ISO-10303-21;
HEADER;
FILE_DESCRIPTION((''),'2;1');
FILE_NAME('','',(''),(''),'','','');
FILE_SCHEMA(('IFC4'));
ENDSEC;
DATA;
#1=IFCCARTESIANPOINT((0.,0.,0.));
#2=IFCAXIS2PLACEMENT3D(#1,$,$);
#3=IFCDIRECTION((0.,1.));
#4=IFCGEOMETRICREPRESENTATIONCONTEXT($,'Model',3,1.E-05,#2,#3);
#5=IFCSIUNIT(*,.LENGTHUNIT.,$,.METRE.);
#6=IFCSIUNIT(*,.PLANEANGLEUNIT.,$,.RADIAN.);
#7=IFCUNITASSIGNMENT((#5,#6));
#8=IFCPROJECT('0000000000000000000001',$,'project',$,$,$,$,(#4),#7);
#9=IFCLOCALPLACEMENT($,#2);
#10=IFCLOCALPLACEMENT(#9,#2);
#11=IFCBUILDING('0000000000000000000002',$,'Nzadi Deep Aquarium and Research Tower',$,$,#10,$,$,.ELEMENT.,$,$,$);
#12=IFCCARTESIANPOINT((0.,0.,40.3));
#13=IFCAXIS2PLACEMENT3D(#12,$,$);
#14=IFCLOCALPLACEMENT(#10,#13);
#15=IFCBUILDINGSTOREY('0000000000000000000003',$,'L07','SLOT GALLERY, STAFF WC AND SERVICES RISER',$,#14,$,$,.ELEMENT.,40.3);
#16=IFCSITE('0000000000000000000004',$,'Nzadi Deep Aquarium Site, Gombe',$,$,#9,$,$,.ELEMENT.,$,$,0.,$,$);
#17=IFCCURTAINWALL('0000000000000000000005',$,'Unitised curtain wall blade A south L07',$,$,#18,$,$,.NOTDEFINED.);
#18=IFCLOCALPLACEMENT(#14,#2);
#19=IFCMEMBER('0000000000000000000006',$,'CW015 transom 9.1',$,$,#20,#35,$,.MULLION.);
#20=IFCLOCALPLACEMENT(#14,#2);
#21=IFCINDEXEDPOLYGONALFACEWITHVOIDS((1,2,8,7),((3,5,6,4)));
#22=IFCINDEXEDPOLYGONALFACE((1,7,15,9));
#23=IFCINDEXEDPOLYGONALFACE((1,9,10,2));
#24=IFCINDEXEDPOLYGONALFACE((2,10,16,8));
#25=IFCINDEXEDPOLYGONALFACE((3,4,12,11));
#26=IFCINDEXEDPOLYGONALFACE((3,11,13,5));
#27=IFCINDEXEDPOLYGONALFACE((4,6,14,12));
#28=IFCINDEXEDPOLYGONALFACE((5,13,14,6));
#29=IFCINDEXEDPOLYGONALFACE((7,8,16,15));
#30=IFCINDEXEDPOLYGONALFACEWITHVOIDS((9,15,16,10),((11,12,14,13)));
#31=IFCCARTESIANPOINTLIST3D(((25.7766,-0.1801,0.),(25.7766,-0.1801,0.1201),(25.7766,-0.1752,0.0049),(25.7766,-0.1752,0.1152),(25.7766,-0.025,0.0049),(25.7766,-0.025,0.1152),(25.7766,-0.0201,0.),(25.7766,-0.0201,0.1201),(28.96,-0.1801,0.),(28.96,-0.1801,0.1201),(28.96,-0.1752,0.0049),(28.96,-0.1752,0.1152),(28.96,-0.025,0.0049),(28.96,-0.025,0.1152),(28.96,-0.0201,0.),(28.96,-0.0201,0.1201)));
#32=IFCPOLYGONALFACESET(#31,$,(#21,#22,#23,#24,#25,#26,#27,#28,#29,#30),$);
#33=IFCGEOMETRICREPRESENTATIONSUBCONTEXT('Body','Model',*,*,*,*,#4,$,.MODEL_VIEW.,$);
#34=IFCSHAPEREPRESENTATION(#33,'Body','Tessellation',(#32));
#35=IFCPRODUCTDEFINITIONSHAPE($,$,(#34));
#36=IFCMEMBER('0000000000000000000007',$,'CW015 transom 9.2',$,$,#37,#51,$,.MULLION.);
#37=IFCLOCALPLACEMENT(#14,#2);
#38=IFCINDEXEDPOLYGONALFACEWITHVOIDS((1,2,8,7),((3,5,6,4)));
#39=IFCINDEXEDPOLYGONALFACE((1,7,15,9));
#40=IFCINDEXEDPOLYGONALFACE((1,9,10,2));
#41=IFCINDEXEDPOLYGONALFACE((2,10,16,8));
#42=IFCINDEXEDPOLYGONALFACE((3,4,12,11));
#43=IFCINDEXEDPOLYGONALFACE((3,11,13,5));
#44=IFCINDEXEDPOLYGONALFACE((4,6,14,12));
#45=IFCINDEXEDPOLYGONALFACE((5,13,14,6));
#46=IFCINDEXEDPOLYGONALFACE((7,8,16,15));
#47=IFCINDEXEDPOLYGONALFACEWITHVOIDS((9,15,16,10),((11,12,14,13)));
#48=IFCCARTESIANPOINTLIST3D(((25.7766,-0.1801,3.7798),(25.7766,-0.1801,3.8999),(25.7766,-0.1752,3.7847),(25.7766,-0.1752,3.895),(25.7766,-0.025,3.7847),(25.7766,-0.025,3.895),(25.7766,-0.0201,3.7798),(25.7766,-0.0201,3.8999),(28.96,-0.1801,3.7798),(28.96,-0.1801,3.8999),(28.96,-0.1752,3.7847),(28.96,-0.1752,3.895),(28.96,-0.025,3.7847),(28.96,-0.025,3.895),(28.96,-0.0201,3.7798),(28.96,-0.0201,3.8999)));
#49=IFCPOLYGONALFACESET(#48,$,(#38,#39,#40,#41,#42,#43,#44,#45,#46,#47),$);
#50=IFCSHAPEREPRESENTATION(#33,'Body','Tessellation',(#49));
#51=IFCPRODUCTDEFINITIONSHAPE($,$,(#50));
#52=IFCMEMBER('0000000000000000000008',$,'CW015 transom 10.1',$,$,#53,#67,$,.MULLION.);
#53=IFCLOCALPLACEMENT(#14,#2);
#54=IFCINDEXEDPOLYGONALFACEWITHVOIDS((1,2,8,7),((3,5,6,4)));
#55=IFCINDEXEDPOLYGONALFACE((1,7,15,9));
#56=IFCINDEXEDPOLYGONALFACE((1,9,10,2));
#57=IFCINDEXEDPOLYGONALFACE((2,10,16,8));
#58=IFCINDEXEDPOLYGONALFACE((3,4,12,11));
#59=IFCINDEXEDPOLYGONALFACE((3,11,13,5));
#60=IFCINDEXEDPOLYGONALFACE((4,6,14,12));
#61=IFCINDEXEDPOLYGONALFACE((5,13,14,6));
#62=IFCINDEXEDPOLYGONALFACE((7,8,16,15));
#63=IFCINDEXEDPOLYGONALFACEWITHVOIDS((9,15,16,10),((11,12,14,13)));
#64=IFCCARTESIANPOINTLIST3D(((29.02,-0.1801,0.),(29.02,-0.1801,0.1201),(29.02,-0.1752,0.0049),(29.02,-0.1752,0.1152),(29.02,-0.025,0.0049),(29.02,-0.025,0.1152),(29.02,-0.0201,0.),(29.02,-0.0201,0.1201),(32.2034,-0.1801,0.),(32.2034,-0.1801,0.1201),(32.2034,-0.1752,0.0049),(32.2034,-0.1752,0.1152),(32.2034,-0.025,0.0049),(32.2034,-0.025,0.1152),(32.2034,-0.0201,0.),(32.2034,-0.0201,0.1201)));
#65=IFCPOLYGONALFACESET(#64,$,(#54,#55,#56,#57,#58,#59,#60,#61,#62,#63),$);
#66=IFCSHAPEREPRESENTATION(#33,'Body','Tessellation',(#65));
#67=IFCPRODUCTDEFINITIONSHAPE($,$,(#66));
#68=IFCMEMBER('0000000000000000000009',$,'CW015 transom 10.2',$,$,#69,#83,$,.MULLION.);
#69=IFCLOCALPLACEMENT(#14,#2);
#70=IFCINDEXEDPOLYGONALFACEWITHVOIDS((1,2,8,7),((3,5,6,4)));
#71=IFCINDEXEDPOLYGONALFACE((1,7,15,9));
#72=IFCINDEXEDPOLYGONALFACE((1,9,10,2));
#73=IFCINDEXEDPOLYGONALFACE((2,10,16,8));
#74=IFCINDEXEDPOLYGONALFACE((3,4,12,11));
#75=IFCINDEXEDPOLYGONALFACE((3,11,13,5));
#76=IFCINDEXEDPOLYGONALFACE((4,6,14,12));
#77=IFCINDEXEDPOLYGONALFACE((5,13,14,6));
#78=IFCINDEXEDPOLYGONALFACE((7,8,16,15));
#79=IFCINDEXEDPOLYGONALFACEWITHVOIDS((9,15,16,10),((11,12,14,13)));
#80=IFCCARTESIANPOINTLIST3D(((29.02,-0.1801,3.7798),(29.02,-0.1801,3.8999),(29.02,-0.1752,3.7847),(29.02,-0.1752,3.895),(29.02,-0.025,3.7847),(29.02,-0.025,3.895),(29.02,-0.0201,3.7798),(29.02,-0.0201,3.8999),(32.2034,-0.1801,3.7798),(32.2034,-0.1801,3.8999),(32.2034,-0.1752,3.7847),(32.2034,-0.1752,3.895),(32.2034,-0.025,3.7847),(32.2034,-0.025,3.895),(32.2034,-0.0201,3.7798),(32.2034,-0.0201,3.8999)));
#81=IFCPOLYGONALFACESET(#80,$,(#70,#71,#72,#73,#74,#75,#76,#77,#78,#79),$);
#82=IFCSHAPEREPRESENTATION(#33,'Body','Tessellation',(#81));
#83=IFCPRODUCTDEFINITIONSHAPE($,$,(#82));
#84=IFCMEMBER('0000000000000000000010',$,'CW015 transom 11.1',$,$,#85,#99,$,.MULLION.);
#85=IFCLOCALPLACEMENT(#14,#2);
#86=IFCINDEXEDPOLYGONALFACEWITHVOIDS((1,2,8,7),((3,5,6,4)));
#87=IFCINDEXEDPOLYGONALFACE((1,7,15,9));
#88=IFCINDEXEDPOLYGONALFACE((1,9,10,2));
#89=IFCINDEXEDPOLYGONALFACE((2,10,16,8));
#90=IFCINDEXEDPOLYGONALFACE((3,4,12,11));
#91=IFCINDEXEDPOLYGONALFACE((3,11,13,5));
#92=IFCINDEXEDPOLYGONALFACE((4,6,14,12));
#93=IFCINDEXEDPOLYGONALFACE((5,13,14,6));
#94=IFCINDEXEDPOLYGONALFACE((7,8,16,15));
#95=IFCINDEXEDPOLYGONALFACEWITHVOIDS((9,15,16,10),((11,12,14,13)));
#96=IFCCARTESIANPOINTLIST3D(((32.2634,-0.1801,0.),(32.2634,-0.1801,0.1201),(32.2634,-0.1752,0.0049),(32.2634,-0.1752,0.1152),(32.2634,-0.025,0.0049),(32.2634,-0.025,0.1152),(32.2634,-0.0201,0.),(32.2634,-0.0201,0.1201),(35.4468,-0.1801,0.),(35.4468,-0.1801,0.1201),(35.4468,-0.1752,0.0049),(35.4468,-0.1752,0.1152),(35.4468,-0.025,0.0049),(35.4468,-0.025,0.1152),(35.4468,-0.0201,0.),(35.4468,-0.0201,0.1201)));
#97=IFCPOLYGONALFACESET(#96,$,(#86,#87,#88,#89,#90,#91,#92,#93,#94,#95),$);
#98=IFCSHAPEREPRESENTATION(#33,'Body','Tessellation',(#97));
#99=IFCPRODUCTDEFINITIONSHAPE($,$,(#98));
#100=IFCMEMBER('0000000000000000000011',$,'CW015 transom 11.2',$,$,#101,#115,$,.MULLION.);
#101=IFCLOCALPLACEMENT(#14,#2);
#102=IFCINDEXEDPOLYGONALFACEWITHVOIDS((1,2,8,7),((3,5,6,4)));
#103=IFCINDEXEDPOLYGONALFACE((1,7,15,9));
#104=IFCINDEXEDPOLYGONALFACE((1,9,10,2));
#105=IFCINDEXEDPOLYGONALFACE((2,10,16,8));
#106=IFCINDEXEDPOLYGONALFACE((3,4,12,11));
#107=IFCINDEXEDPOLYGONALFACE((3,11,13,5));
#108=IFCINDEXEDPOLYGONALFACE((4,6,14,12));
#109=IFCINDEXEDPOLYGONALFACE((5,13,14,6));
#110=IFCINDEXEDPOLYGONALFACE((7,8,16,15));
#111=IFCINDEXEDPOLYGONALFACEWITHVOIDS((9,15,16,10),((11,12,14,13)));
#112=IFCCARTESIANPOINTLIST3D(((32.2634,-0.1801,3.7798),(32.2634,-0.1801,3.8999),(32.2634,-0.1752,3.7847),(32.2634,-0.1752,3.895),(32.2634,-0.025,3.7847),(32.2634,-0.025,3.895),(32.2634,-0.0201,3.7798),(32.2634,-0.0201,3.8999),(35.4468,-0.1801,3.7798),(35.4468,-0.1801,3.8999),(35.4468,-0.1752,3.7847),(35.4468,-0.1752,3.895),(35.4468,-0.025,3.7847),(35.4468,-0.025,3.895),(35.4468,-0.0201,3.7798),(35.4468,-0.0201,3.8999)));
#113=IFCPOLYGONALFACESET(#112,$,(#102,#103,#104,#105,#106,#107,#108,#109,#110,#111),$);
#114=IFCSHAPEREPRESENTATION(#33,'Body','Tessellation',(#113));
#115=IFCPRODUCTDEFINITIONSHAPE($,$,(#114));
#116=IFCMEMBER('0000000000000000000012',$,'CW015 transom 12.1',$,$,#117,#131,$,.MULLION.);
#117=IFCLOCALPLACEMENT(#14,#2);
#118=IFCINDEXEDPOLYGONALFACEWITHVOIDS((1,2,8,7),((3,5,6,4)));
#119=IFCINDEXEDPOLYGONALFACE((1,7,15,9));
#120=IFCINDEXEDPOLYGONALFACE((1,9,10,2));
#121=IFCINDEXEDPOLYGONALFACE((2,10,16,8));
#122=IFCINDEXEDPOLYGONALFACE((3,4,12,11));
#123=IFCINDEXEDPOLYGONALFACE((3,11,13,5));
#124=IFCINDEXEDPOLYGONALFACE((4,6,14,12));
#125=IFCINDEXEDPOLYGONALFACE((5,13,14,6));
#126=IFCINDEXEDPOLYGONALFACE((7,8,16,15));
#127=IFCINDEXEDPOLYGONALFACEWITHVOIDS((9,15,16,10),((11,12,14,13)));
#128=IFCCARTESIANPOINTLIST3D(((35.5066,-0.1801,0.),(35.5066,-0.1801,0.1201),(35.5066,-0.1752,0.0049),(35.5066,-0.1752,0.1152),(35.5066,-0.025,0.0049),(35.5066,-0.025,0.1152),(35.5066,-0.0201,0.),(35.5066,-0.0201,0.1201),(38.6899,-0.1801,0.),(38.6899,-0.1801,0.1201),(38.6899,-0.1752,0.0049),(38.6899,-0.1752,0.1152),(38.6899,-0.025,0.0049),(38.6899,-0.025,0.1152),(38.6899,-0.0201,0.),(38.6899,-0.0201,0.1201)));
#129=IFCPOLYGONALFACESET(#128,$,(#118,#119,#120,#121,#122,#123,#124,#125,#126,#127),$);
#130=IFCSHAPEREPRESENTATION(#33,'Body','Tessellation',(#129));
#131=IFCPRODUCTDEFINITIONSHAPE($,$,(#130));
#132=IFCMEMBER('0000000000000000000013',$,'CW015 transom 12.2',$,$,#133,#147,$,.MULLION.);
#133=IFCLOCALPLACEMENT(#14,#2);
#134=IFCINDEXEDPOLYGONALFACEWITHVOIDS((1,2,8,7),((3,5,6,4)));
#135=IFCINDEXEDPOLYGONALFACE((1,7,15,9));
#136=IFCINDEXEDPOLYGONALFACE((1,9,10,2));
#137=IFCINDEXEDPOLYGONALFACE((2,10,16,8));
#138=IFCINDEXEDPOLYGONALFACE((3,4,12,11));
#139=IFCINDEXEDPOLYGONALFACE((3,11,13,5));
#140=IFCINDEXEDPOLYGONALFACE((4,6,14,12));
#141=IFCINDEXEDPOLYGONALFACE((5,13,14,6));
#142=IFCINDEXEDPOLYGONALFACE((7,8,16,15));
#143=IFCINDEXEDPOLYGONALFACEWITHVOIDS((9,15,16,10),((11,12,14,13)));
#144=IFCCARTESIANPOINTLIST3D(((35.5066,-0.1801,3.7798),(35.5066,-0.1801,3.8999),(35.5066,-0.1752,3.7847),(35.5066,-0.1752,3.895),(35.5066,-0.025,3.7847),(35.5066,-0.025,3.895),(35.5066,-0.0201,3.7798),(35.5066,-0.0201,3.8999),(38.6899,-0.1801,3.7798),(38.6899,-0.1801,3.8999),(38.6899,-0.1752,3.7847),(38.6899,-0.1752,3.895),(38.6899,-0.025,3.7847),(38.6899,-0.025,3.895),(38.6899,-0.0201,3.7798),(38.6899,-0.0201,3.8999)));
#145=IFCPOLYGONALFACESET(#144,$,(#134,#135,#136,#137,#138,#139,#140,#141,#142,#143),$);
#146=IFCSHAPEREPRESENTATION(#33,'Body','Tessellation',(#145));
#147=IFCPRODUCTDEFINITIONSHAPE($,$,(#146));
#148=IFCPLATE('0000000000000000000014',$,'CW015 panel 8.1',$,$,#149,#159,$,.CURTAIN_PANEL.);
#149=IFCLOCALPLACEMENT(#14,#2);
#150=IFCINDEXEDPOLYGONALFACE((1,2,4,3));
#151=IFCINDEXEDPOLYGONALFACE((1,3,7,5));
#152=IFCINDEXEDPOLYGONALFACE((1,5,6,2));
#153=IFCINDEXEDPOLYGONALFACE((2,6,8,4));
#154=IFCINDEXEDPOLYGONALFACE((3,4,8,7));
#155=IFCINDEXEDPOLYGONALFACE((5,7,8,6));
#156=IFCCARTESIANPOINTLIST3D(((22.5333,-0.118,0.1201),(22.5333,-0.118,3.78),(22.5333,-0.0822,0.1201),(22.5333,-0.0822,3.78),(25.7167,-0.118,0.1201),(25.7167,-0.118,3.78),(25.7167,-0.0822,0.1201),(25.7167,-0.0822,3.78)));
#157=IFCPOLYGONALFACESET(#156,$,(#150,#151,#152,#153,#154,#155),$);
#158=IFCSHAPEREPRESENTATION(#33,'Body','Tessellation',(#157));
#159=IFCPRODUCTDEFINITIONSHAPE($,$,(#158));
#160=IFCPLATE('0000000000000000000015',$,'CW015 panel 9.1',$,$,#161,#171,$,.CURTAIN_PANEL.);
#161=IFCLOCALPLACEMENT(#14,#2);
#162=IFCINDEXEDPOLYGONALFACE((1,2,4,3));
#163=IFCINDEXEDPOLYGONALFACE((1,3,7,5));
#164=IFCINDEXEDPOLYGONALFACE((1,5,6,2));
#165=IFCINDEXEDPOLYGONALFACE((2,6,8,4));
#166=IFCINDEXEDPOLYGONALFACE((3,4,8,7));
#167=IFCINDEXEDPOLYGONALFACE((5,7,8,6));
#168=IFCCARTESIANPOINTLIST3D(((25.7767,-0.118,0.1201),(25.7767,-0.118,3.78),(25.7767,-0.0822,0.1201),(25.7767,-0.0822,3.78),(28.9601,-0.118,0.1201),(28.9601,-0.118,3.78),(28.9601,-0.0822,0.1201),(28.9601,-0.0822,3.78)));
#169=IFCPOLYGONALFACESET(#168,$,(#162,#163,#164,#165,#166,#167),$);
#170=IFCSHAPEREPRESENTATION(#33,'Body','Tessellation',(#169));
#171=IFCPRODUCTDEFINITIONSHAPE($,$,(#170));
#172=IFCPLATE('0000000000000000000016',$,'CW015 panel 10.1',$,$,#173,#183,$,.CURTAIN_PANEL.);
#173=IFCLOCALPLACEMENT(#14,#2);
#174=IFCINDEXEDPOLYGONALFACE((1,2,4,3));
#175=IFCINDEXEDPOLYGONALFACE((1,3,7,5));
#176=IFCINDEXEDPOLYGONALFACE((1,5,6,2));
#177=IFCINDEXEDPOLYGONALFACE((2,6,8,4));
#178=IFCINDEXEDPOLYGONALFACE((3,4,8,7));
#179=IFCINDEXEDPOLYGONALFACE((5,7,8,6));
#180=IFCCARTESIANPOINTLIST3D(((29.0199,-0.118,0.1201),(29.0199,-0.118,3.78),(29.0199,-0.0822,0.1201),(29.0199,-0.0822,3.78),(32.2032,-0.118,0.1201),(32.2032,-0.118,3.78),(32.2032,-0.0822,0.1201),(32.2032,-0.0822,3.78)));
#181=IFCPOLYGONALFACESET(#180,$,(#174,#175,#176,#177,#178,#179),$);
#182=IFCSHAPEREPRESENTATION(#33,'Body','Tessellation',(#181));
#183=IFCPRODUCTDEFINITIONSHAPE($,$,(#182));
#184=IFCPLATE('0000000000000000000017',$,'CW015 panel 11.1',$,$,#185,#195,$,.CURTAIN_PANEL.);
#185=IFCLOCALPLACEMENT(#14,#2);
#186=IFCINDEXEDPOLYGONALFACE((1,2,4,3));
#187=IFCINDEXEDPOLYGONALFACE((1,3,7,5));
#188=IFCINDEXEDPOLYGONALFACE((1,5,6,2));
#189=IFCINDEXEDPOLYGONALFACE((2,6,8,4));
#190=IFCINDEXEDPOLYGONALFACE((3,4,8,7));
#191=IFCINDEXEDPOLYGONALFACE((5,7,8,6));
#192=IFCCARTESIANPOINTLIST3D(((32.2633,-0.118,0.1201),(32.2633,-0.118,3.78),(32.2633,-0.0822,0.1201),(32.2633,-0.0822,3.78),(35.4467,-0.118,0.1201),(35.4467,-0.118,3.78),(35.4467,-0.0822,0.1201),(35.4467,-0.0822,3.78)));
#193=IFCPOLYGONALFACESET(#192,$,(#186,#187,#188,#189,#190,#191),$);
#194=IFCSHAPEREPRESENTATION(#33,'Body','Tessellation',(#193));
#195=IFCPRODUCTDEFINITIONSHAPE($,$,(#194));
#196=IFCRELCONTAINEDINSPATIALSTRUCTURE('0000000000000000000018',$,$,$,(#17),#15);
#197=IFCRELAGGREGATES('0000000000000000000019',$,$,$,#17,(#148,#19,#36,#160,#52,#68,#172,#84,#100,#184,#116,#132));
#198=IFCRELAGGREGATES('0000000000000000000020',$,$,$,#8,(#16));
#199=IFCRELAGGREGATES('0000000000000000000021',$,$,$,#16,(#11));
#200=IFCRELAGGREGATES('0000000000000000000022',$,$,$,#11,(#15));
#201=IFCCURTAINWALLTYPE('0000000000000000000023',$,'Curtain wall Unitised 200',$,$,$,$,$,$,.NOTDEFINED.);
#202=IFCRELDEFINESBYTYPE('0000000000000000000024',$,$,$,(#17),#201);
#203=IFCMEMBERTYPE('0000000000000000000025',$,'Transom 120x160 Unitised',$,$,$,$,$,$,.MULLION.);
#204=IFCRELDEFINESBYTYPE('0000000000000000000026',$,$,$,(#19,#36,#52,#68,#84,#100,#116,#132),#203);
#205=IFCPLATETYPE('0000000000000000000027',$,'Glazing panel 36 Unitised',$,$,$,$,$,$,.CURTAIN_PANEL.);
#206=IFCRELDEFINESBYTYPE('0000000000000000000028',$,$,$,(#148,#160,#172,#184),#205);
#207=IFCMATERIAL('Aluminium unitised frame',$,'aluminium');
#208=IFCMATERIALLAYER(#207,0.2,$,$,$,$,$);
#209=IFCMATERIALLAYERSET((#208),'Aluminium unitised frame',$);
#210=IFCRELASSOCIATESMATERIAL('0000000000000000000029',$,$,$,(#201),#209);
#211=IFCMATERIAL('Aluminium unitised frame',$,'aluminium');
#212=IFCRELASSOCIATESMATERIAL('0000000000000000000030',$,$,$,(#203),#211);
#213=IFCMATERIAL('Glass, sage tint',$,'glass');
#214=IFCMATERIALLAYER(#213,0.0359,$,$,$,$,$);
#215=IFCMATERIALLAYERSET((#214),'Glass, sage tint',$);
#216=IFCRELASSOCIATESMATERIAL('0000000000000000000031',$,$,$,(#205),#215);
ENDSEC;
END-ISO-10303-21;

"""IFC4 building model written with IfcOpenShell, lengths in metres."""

from ifc_helpers import new_model, si_unit, direction, frame, origin, origin_2d, place, context, subcontext, project, spatial, rectangle, hollow_rectangle, extrude, material, layer, layer_set, material_profile, profile_set, type_object, element, aggregate, save


model = new_model("IFC4")

# Units and contexts
model_context = context("Model", 3, precision=1e-05, world=origin(), true_north=direction((0.0, 1.0)))
body_context = subcontext(model_context, "Body", "Model", "MODEL_VIEW")
ifc_project = project(units=[si_unit("LENGTHUNIT", "METRE"), si_unit("PLANEANGLEUNIT", "RADIAN")], contexts=[model_context])

# Site, building, storey
site_placement = place(None, origin())
site = spatial("IfcSite", under=ifc_project, at=site_placement, Name="Nzadi Deep Aquarium Site, Gombe", CompositionType="ELEMENT", RefElevation=0.0)
building_placement = place(site_placement, origin())
building = spatial("IfcBuilding", under=site, at=building_placement, Name="Nzadi Deep Aquarium and Research Tower", CompositionType="ELEMENT")
storey_placement = place(building_placement, frame((0.0, 0.0, 40.3)))
storey = spatial("IfcBuildingStorey", under=building, at=storey_placement, Name="L07", Description="SLOT GALLERY, STAFF WC AND SERVICES RISER", CompositionType="ELEMENT", Elevation=40.3)

# Curtain wall
ifc_material_1 = material(Name="Aluminium unitised frame", Category="aluminium")
ifc_layer_1 = layer(ifc_material_1, 0.2)
ifc_layer_set_1 = layer_set([ifc_layer_1], Name="Aluminium unitised frame")
curtain_wall_type = type_object("IfcCurtainWallType", Name="Curtain wall Unitised 200", PredefinedType="NOTDEFINED", material=ifc_layer_set_1)
curtain_wall_placement = place(storey_placement, origin())
curtain_wall = element("IfcCurtainWall", 1, at=curtain_wall_placement, inside=storey, type_object=curtain_wall_type, Name="Unitised curtain wall blade A south L07", PredefinedType="NOTDEFINED")

# Members
ifc_material_2 = material(Name="Aluminium unitised frame", Category="aluminium")
ifc_material_profile_1 = material_profile(ifc_material_2, hollow_rectangle(XDim=0.1599, YDim=0.1201, WallThickness=0.0049, at=origin_2d()))
ifc_profile_set_1 = profile_set([ifc_material_profile_1], Name="Aluminium unitised frame")
member_type_1 = type_object("IfcMemberType", Name="Transom 120x160 Unitised", PredefinedType="MULLION", material=ifc_profile_set_1)
member_1_placement = place(storey_placement, frame((25.7766, -0.1001, 0.0601), z_axis=(1.0, 0.0, 0.0), x_axis=(0.0, 1.0, 0.0)))
member_1 = element("IfcMember", 2, at=member_1_placement, type_object=member_type_1, Name="CW015 transom 9.1", PredefinedType="MULLION", context=body_context, shape_type="SweptSolid", body=[
    extrude(hollow_rectangle(XDim=0.1599, YDim=0.1201, WallThickness=0.0049, at=origin_2d()), origin(), (0.0, 0.0, 1.0), 3.1833),
])
member_2_placement = place(storey_placement, frame((25.7766, -0.1001, 3.8398), z_axis=(1.0, 0.0, 0.0), x_axis=(0.0, 1.0, 0.0)))
member_2 = element("IfcMember", 3, at=member_2_placement, type_object=member_type_1, Name="CW015 transom 9.2", PredefinedType="MULLION", context=body_context, shape_type="SweptSolid", body=[
    extrude(hollow_rectangle(XDim=0.1599, YDim=0.1201, WallThickness=0.0049, at=origin_2d()), origin(), (0.0, 0.0, 1.0), 3.1833),
])
member_3_placement = place(storey_placement, frame((29.02, -0.1001, 0.0601), z_axis=(1.0, 0.0, 0.0), x_axis=(0.0, 1.0, 0.0)))
member_3 = element("IfcMember", 4, at=member_3_placement, type_object=member_type_1, Name="CW015 transom 10.1", PredefinedType="MULLION", context=body_context, shape_type="SweptSolid", body=[
    extrude(hollow_rectangle(XDim=0.1599, YDim=0.1201, WallThickness=0.0049, at=origin_2d()), origin(), (0.0, 0.0, 1.0), 3.1833),
])
member_4_placement = place(storey_placement, frame((29.02, -0.1001, 3.8398), z_axis=(1.0, 0.0, 0.0), x_axis=(0.0, 1.0, 0.0)))
member_4 = element("IfcMember", 5, at=member_4_placement, type_object=member_type_1, Name="CW015 transom 10.2", PredefinedType="MULLION", context=body_context, shape_type="SweptSolid", body=[
    extrude(hollow_rectangle(XDim=0.1599, YDim=0.1201, WallThickness=0.0049, at=origin_2d()), origin(), (0.0, 0.0, 1.0), 3.1833),
])
member_5_placement = place(storey_placement, frame((32.2634, -0.1001, 0.0601), z_axis=(1.0, 0.0, 0.0), x_axis=(0.0, 1.0, 0.0)))
member_5 = element("IfcMember", 6, at=member_5_placement, type_object=member_type_1, Name="CW015 transom 11.1", PredefinedType="MULLION", context=body_context, shape_type="SweptSolid", body=[
    extrude(hollow_rectangle(XDim=0.1599, YDim=0.1201, WallThickness=0.0049, at=origin_2d()), origin(), (0.0, 0.0, 1.0), 3.1833),
])
member_6_placement = place(storey_placement, frame((32.2634, -0.1001, 3.8398), z_axis=(1.0, 0.0, 0.0), x_axis=(0.0, 1.0, 0.0)))
member_6 = element("IfcMember", 7, at=member_6_placement, type_object=member_type_1, Name="CW015 transom 11.2", PredefinedType="MULLION", context=body_context, shape_type="SweptSolid", body=[
    extrude(hollow_rectangle(XDim=0.1599, YDim=0.1201, WallThickness=0.0049, at=origin_2d()), origin(), (0.0, 0.0, 1.0), 3.1833),
])
member_7_placement = place(storey_placement, frame((35.5066, -0.1001, 0.0601), z_axis=(1.0, 0.0, 0.0), x_axis=(0.0, 1.0, 0.0)))
member_7 = element("IfcMember", 8, at=member_7_placement, type_object=member_type_1, Name="CW015 transom 12.1", PredefinedType="MULLION", context=body_context, shape_type="SweptSolid", body=[
    extrude(hollow_rectangle(XDim=0.1599, YDim=0.1201, WallThickness=0.0049, at=origin_2d()), origin(), (0.0, 0.0, 1.0), 3.1833),
])
member_8_placement = place(storey_placement, frame((35.5066, -0.1001, 3.8398), z_axis=(1.0, 0.0, 0.0), x_axis=(0.0, 1.0, 0.0)))
member_8 = element("IfcMember", 9, at=member_8_placement, type_object=member_type_1, Name="CW015 transom 12.2", PredefinedType="MULLION", context=body_context, shape_type="SweptSolid", body=[
    extrude(hollow_rectangle(XDim=0.1599, YDim=0.1201, WallThickness=0.0049, at=origin_2d()), origin(), (0.0, 0.0, 1.0), 3.1833),
])

# Plates
ifc_material_3 = material(Name="Glass, sage tint", Category="glass")
ifc_layer_2 = layer(ifc_material_3, 0.0359)
ifc_layer_set_2 = layer_set([ifc_layer_2], Name="Glass, sage tint")
plate_type = type_object("IfcPlateType", Name="Glazing panel 36 Unitised", PredefinedType="CURTAIN_PANEL", material=ifc_layer_set_2)
plate_1_placement = place(storey_placement, frame((24.125, -0.1001, 0.1201), z_axis=(0.0, 0.0, 1.0), x_axis=(1.0, 0.0, 0.0)))
plate_1 = element("IfcPlate", 10, at=plate_1_placement, type_object=plate_type, Name="CW015 panel 8.1", PredefinedType="CURTAIN_PANEL", context=body_context, shape_type="SweptSolid", body=[
    extrude(rectangle(XDim=3.1833, YDim=0.0359, at=origin_2d()), origin(), (0.0, 0.0, 1.0), 3.6599),
])
plate_2_placement = place(storey_placement, frame((27.3684, -0.1001, 0.1201), z_axis=(0.0, 0.0, 1.0), x_axis=(1.0, 0.0, 0.0)))
plate_2 = element("IfcPlate", 11, at=plate_2_placement, type_object=plate_type, Name="CW015 panel 9.1", PredefinedType="CURTAIN_PANEL", context=body_context, shape_type="SweptSolid", body=[
    extrude(rectangle(XDim=3.1833, YDim=0.0359, at=origin_2d()), origin(), (0.0, 0.0, 1.0), 3.6599),
])
plate_3_placement = place(storey_placement, frame((30.6116, -0.1001, 0.1201), z_axis=(0.0, 0.0, 1.0), x_axis=(1.0, 0.0, 0.0)))
plate_3 = element("IfcPlate", 12, at=plate_3_placement, type_object=plate_type, Name="CW015 panel 10.1", PredefinedType="CURTAIN_PANEL", context=body_context, shape_type="SweptSolid", body=[
    extrude(rectangle(XDim=3.1833, YDim=0.0359, at=origin_2d()), origin(), (0.0, 0.0, 1.0), 3.6599),
])
plate_4_placement = place(storey_placement, frame((33.855, -0.1001, 0.1201), z_axis=(0.0, 0.0, 1.0), x_axis=(1.0, 0.0, 0.0)))
plate_4 = element("IfcPlate", 13, at=plate_4_placement, type_object=plate_type, Name="CW015 panel 11.1", PredefinedType="CURTAIN_PANEL", context=body_context, shape_type="SweptSolid", body=[
    extrude(rectangle(XDim=3.1833, YDim=0.0359, at=origin_2d()), origin(), (0.0, 0.0, 1.0), 3.6599),
])
aggregate(curtain_wall, [plate_1, member_1, member_2, plate_2, member_3, member_4, plate_3, member_5, member_6, plate_4, member_7, member_8])

save(model, "model.ifc")
